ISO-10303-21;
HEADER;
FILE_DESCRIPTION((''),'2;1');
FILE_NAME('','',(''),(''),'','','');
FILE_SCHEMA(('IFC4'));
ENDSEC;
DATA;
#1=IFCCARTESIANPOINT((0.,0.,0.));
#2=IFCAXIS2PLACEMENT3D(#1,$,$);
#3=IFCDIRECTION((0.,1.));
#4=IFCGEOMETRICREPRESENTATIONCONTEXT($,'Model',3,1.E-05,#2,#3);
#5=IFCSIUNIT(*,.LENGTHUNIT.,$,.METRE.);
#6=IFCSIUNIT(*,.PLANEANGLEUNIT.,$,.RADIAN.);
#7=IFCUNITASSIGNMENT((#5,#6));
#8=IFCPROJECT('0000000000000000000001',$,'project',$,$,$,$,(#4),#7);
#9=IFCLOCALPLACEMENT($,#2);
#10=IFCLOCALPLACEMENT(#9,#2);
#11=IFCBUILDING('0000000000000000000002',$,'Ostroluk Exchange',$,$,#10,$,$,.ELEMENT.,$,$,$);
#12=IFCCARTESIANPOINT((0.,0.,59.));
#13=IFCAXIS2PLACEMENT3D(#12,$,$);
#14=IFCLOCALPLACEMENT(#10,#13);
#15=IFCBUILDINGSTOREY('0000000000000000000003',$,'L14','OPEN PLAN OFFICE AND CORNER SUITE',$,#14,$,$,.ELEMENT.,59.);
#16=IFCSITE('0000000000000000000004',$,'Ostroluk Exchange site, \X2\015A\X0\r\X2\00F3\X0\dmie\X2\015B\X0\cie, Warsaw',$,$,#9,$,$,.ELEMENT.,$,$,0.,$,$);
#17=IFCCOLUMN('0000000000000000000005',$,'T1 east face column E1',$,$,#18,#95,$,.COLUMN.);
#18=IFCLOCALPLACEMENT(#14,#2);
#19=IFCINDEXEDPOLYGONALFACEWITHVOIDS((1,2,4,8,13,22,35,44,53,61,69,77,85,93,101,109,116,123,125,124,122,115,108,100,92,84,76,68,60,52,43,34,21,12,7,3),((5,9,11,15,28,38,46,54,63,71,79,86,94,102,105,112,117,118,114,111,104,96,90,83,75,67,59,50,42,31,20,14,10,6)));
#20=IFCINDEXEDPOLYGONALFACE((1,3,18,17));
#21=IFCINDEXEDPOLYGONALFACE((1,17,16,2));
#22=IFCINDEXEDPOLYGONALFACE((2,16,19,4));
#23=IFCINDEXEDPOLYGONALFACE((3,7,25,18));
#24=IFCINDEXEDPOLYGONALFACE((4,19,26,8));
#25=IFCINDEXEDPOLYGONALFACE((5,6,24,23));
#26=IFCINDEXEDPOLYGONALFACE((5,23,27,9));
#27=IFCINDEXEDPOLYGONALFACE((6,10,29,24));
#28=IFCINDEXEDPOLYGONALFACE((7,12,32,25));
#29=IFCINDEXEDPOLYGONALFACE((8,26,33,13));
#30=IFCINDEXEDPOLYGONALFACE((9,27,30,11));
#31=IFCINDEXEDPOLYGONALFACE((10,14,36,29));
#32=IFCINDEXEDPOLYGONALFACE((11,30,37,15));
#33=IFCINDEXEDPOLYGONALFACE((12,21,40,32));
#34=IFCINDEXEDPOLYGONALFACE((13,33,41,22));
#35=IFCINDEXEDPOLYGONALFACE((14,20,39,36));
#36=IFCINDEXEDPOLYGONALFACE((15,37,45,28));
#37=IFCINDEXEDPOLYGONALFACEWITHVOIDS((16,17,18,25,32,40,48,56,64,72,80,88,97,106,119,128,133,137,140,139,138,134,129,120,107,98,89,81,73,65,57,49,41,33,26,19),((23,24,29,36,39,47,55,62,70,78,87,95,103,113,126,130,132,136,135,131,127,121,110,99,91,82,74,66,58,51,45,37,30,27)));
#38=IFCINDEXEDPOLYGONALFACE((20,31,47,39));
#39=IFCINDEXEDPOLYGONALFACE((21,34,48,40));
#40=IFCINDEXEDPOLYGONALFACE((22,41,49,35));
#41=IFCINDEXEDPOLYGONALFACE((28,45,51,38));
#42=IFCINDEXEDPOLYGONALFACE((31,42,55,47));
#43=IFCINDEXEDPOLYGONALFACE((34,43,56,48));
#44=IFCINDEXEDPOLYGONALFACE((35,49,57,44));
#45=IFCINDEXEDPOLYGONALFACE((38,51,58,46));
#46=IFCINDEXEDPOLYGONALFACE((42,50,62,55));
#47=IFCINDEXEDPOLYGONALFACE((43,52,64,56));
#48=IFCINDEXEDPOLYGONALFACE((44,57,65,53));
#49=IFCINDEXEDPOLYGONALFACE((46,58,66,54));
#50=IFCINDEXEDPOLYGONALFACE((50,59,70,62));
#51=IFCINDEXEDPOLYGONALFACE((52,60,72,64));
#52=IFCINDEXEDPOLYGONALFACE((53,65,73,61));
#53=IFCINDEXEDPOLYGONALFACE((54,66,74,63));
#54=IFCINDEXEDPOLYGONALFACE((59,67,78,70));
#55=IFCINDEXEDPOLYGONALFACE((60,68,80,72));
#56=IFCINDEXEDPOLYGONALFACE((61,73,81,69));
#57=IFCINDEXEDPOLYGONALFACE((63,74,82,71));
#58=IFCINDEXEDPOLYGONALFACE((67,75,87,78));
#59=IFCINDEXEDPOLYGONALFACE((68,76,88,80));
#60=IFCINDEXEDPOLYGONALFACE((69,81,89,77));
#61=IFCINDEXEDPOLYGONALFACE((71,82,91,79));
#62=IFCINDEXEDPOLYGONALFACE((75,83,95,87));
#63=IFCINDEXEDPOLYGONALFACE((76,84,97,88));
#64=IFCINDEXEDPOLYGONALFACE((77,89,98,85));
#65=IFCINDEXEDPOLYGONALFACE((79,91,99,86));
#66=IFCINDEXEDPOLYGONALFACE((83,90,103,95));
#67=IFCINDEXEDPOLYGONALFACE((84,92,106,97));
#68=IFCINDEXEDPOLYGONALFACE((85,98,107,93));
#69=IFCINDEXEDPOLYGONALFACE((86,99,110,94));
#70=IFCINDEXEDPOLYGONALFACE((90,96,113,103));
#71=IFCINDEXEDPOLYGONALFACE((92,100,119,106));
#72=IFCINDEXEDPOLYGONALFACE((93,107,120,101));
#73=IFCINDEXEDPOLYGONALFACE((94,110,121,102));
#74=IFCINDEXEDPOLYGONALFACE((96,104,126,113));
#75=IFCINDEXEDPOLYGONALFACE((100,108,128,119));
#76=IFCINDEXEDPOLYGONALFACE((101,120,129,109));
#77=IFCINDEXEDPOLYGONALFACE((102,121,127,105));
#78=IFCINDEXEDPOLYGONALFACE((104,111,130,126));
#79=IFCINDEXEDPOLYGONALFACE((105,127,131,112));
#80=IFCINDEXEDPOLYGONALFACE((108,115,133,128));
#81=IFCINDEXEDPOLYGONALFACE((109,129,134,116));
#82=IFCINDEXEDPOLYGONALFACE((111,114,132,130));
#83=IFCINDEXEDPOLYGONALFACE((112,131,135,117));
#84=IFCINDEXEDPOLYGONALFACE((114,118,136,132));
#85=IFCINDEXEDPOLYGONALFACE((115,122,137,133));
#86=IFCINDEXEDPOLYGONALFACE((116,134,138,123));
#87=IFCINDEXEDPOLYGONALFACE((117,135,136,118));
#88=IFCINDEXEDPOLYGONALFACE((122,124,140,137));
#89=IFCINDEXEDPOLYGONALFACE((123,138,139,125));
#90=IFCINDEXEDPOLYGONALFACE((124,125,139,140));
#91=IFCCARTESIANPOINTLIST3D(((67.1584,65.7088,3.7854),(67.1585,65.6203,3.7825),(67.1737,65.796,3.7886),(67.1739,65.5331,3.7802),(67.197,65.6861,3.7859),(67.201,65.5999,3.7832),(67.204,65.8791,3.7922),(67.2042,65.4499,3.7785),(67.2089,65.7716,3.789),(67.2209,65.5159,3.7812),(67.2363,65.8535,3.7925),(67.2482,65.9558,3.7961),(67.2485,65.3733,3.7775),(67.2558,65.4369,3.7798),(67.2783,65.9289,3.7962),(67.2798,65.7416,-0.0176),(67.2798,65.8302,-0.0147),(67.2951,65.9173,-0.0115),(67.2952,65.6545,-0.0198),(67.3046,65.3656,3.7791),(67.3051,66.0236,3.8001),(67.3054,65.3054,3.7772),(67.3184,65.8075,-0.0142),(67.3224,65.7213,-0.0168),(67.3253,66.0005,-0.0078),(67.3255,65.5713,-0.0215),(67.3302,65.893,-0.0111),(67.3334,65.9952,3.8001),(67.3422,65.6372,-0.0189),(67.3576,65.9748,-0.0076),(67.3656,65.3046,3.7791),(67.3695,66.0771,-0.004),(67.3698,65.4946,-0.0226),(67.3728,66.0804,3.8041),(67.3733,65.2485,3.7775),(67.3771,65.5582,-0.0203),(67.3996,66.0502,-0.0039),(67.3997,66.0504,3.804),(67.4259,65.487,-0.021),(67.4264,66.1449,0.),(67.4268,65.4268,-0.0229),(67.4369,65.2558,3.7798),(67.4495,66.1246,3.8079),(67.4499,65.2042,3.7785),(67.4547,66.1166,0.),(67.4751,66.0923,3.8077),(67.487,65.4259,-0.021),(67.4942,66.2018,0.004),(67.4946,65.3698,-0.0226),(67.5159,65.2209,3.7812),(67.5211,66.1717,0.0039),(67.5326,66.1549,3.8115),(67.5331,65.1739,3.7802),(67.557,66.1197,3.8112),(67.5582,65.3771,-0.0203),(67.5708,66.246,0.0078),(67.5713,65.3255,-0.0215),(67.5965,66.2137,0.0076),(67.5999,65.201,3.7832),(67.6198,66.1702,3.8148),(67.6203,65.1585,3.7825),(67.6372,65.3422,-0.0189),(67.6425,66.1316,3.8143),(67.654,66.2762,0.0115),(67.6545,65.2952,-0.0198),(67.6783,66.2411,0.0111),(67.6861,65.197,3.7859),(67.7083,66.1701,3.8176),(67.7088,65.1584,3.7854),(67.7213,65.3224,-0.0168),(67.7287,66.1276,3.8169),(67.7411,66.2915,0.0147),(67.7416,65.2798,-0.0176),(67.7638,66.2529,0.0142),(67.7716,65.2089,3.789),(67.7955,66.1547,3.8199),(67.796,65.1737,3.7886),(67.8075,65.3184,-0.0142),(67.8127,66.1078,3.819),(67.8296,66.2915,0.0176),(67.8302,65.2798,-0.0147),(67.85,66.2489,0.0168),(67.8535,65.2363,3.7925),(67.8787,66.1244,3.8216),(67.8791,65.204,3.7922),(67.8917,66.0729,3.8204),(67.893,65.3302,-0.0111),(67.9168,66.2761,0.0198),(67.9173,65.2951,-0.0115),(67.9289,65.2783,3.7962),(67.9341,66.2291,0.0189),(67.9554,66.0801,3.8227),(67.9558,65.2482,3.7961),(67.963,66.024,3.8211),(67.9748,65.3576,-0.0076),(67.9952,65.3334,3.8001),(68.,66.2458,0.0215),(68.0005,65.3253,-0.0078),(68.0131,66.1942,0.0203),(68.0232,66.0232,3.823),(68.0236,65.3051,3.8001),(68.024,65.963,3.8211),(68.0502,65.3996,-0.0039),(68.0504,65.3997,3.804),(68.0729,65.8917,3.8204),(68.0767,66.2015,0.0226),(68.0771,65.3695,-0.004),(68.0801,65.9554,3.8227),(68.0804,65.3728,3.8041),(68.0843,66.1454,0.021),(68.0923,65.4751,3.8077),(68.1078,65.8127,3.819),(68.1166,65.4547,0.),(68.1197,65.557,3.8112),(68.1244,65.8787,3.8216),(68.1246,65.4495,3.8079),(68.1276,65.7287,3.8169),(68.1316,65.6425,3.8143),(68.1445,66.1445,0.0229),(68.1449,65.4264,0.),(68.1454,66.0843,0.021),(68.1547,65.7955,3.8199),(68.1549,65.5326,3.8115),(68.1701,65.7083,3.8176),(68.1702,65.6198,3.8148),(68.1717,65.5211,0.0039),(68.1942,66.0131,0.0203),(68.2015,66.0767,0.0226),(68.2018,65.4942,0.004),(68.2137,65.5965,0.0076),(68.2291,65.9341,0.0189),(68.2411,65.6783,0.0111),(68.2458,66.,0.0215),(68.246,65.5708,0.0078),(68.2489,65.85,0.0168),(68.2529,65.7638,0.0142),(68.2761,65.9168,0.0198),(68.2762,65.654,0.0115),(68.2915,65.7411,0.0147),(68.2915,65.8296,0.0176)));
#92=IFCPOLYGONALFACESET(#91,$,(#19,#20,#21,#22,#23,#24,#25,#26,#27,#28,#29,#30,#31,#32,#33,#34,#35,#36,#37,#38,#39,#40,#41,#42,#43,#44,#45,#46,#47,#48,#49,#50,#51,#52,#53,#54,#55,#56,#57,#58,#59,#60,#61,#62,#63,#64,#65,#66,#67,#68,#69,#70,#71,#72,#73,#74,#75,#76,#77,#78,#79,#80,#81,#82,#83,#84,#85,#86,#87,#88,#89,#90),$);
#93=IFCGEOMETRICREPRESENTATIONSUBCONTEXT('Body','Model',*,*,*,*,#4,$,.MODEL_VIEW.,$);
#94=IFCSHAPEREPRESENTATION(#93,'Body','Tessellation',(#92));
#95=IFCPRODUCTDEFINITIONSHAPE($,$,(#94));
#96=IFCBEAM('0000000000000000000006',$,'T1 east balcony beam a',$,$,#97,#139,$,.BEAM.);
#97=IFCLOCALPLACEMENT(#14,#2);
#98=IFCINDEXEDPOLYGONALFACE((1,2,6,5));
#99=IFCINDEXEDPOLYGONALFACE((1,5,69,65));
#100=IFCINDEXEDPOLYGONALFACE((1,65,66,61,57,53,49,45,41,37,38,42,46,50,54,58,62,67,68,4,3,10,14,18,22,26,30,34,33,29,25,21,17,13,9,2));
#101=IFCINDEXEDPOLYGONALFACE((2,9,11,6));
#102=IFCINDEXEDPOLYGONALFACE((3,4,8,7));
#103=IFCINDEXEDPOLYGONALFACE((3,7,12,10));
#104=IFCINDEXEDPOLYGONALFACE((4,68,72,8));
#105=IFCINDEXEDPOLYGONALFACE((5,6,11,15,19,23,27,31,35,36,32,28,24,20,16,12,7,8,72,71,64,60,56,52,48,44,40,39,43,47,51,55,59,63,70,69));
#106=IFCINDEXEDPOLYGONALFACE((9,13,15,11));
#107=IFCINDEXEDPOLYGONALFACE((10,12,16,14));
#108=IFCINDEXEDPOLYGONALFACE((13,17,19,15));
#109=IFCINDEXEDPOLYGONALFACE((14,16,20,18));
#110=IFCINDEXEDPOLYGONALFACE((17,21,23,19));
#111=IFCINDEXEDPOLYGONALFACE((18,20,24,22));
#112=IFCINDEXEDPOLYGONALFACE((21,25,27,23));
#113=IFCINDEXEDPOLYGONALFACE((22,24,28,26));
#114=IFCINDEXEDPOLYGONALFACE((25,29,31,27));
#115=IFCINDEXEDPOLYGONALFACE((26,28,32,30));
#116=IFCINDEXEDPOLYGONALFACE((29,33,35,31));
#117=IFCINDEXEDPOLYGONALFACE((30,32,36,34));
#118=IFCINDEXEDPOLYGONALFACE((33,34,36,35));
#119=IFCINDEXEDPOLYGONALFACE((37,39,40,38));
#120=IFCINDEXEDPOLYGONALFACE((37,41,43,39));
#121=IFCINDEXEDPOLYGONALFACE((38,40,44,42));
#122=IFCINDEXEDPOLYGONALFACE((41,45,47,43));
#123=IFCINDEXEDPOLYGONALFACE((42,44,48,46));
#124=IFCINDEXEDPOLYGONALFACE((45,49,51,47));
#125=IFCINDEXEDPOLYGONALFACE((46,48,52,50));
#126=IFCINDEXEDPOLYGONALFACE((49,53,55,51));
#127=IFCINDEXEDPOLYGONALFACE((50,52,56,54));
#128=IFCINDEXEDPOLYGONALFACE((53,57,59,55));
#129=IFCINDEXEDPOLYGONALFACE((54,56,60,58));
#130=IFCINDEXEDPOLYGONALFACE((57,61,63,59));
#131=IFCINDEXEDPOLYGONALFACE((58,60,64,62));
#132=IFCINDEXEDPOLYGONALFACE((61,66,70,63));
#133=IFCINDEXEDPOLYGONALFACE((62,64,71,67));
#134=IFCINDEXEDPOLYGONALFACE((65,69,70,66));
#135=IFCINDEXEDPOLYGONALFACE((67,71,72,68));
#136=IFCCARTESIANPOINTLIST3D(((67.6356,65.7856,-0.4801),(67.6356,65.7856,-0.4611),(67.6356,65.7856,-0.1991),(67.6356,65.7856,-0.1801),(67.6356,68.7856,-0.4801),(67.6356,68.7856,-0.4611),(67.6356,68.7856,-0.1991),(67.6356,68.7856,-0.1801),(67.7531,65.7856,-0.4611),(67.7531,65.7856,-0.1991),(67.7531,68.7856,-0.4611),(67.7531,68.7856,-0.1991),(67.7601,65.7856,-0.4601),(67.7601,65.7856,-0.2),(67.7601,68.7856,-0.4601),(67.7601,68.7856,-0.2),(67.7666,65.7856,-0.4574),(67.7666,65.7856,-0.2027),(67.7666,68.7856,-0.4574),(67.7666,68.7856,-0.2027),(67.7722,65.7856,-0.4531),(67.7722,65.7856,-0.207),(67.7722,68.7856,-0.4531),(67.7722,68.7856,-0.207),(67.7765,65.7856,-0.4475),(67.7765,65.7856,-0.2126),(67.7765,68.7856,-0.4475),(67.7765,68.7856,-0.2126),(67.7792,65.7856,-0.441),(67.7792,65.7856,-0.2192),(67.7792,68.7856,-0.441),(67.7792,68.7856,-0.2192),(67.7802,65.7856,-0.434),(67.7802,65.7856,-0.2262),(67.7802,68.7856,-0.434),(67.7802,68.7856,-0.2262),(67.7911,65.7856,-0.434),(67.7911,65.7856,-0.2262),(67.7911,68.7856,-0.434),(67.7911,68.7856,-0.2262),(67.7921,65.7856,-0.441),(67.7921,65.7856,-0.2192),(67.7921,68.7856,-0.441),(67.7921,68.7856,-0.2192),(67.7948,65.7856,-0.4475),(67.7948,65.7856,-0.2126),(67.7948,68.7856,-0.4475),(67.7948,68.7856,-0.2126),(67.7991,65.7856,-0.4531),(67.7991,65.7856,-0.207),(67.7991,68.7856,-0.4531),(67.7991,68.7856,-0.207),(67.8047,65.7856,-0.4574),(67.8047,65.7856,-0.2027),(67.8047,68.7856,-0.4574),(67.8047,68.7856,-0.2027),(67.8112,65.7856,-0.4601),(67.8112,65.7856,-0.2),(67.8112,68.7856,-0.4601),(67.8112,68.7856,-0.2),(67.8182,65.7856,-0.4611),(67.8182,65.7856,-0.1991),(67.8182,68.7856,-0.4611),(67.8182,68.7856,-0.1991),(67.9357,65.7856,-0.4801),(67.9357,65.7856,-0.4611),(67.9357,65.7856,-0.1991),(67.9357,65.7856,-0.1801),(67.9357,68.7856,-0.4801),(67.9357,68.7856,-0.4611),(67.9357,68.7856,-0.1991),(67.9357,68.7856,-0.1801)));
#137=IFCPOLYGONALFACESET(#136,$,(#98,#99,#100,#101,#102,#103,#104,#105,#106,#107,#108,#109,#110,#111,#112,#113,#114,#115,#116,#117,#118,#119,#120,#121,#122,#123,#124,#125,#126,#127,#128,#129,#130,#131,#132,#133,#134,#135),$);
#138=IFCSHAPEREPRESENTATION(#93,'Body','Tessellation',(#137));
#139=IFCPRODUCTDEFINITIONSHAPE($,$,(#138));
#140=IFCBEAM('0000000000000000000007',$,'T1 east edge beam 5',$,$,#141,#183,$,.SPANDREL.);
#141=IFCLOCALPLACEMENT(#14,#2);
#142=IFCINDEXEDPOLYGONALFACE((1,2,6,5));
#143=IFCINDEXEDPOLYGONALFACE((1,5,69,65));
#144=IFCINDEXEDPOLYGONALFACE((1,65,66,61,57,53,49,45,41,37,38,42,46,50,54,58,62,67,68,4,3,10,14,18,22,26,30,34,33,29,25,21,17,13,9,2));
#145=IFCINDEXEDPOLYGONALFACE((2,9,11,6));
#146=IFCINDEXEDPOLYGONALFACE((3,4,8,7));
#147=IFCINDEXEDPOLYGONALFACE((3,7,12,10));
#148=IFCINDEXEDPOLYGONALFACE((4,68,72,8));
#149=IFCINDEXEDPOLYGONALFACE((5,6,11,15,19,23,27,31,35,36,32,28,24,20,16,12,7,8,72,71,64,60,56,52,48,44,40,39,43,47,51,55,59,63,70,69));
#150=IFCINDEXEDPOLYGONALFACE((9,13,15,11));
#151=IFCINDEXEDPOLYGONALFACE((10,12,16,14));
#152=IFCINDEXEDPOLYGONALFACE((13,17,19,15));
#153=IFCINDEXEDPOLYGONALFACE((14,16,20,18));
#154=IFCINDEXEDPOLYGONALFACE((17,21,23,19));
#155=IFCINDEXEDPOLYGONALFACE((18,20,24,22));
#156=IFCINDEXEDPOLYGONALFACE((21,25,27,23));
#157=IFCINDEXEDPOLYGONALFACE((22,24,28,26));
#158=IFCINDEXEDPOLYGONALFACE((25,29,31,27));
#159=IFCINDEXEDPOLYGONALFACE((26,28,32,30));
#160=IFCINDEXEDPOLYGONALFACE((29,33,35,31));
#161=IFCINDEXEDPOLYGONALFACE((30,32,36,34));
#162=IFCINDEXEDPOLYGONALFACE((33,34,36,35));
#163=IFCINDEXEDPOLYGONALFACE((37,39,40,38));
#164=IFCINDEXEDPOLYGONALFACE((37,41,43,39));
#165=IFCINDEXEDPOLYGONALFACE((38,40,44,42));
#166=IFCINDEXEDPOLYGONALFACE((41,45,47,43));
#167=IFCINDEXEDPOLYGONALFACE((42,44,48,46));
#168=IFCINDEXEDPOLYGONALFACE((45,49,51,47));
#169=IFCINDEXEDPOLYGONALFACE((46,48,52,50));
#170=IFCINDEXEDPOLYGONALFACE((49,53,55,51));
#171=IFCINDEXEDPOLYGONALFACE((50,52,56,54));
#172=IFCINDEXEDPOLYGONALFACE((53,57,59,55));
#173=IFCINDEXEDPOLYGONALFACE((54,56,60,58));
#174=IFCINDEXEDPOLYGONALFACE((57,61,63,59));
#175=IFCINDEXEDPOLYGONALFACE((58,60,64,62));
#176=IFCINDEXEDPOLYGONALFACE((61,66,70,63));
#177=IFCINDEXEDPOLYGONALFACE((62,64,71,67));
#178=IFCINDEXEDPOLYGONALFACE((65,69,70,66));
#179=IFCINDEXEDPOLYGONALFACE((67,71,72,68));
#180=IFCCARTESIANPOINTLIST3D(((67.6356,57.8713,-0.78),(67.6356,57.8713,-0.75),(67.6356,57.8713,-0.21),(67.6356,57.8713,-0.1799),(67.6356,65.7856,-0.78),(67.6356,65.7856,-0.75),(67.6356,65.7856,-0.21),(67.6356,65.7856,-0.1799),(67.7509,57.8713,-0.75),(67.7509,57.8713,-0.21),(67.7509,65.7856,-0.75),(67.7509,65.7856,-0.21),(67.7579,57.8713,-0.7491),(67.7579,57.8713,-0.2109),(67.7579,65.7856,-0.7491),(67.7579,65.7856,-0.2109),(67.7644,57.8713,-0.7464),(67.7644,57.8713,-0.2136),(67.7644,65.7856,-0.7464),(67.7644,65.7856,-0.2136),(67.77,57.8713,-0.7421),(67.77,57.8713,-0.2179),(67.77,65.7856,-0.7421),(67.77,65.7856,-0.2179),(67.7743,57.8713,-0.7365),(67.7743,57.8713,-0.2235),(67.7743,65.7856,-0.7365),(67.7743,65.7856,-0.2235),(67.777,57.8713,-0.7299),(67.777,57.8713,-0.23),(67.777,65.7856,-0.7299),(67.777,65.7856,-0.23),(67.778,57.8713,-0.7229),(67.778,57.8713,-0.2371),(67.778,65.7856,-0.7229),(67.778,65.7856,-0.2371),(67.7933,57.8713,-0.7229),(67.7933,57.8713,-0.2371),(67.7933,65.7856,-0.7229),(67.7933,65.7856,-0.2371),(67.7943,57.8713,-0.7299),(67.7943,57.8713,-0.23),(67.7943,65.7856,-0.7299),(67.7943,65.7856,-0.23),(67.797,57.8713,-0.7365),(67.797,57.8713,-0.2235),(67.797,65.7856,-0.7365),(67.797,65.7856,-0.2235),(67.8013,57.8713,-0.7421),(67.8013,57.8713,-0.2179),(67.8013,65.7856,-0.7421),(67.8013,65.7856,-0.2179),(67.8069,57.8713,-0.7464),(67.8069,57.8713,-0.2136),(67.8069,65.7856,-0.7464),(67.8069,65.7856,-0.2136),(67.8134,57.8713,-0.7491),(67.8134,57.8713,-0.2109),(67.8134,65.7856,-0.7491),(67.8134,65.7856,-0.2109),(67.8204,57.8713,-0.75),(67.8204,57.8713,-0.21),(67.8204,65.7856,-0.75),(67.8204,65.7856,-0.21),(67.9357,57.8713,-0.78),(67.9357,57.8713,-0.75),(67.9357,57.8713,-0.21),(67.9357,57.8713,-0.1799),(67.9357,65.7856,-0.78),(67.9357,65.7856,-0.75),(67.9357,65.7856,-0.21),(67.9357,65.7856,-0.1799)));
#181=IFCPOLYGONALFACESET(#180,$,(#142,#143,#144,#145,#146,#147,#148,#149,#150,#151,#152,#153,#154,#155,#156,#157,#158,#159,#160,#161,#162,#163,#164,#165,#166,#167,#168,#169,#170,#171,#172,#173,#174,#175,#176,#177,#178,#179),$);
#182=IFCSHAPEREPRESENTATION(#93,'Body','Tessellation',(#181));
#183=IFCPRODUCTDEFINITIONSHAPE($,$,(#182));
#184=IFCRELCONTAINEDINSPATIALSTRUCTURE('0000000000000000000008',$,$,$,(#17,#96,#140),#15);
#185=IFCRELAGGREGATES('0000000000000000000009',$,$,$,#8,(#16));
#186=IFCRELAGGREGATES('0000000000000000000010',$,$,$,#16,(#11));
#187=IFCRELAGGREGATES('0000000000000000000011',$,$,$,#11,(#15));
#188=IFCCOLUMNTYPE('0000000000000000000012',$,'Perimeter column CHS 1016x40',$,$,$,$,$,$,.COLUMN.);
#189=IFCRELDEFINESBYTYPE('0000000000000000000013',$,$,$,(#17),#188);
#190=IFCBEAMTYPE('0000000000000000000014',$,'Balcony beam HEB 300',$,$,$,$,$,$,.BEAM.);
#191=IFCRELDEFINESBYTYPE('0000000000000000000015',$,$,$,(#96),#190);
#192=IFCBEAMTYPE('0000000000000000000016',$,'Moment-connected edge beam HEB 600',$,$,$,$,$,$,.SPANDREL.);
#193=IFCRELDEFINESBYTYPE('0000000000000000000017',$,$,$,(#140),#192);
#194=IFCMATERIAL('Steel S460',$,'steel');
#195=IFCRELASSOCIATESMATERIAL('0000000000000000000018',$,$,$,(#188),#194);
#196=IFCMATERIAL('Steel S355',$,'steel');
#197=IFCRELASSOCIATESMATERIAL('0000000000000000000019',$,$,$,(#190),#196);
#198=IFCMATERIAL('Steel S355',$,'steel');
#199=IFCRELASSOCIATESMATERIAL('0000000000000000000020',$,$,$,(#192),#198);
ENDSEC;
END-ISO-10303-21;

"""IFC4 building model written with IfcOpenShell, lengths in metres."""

from ifc_helpers import new_model, si_unit, direction, frame, origin, origin_2d, place, context, subcontext, project, spatial, hollow_circle, i_section, extrude, material, material_profile, profile_set, type_object, element, save


model = new_model("IFC4")

# Units and contexts
model_context = context("Model", 3, precision=1e-05, world=origin(), true_north=direction((0.0, 1.0)))
body_context = subcontext(model_context, "Body", "Model", "MODEL_VIEW")
ifc_project = project(units=[si_unit("LENGTHUNIT", "METRE"), si_unit("PLANEANGLEUNIT", "RADIAN")], contexts=[model_context])

# Site, building, storey
site_placement = place(None, origin())
site = spatial("IfcSite", under=ifc_project, at=site_placement, Name="Ostroluk Exchange site, Śródmieście, Warsaw", CompositionType="ELEMENT", RefElevation=0.0)
building_placement = place(site_placement, origin())
building = spatial("IfcBuilding", under=site, at=building_placement, Name="Ostroluk Exchange", CompositionType="ELEMENT")
storey_placement = place(building_placement, frame((0.0, 0.0, 59.0)))
storey = spatial("IfcBuildingStorey", under=building, at=storey_placement, Name="L14", Description="OPEN PLAN OFFICE AND CORNER SUITE", CompositionType="ELEMENT", Elevation=59.0)

# Column
ifc_material_1 = material(Name="Steel S460", Category="steel")
ifc_material_profile_1 = material_profile(ifc_material_1, hollow_circle(Radius=0.5081, WallThickness=0.04, at=origin_2d()), Name="CHS 1016x40")
ifc_profile_set_1 = profile_set([ifc_material_profile_1], Name="Steel S460")
column_type = type_object("IfcColumnType", Name="Perimeter column CHS 1016x40", PredefinedType="COLUMN", material=ifc_profile_set_1)
column_placement = place(storey_placement, frame((67.7856, 65.7856, 0.0), z_axis=(-0.031898, -0.031898, 0.998982), x_axis=(0.707107, -0.707107, 0.0)))
element("IfcColumn", 1, at=column_placement, inside=storey, type_object=column_type, Name="T1 east face column E1", PredefinedType="COLUMN", context=body_context, shape_type="SweptSolid", body=[
    extrude(hollow_circle(Radius=0.5081, WallThickness=0.04, at=origin_2d()), origin(), (0.0, 0.0, 1.0), 3.804),
])

# Beams
ifc_material_2 = material(Name="Steel S355", Category="steel")
ifc_material_profile_2 = material_profile(ifc_material_2, i_section(OverallWidth=0.3, OverallDepth=0.3, WebThickness=0.011, FlangeThickness=0.019, FilletRadius=0.0271, at=origin_2d()), Name="HEB 300")
ifc_profile_set_2 = profile_set([ifc_material_profile_2], Name="Steel S355")
beam_type_1 = type_object("IfcBeamType", Name="Balcony beam HEB 300", PredefinedType="BEAM", material=ifc_profile_set_2)
beam_1_placement = place(storey_placement, frame((67.7856, 65.7856, -0.3301), z_axis=(0.0, 1.0, 0.0), x_axis=(-1.0, 0.0, 0.0)))
element("IfcBeam", 2, at=beam_1_placement, inside=storey, type_object=beam_type_1, Name="T1 east balcony beam a", PredefinedType="BEAM", context=body_context, shape_type="SweptSolid", body=[
    extrude(i_section(OverallWidth=0.3, OverallDepth=0.3, WebThickness=0.011, FlangeThickness=0.019, FilletRadius=0.0271, at=origin_2d()), origin(), (0.0, 0.0, 1.0), 3.0),
])
ifc_material_3 = material(Name="Steel S355", Category="steel")
ifc_material_profile_3 = material_profile(ifc_material_3, i_section(OverallWidth=0.3, OverallDepth=0.6001, WebThickness=0.0154, FlangeThickness=0.03, FilletRadius=0.0271, at=origin_2d()), Name="HEB 600")
ifc_profile_set_3 = profile_set([ifc_material_profile_3], Name="Steel S355")
beam_type_2 = type_object("IfcBeamType", Name="Moment-connected edge beam HEB 600", PredefinedType="SPANDREL", material=ifc_profile_set_3)
beam_2_placement = place(storey_placement, frame((67.7856, 57.8713, -0.48), z_axis=(0.0, 1.0, 0.0), x_axis=(-1.0, 0.0, 0.0)))
element("IfcBeam", 3, at=beam_2_placement, inside=storey, type_object=beam_type_2, Name="T1 east edge beam 5", PredefinedType="SPANDREL", context=body_context, shape_type="SweptSolid", body=[
    extrude(i_section(OverallWidth=0.3, OverallDepth=0.6001, WebThickness=0.0154, FlangeThickness=0.03, FilletRadius=0.0271, at=origin_2d()), origin(), (0.0, 0.0, 1.0), 7.9143),
])

save(model, "model.ifc")
